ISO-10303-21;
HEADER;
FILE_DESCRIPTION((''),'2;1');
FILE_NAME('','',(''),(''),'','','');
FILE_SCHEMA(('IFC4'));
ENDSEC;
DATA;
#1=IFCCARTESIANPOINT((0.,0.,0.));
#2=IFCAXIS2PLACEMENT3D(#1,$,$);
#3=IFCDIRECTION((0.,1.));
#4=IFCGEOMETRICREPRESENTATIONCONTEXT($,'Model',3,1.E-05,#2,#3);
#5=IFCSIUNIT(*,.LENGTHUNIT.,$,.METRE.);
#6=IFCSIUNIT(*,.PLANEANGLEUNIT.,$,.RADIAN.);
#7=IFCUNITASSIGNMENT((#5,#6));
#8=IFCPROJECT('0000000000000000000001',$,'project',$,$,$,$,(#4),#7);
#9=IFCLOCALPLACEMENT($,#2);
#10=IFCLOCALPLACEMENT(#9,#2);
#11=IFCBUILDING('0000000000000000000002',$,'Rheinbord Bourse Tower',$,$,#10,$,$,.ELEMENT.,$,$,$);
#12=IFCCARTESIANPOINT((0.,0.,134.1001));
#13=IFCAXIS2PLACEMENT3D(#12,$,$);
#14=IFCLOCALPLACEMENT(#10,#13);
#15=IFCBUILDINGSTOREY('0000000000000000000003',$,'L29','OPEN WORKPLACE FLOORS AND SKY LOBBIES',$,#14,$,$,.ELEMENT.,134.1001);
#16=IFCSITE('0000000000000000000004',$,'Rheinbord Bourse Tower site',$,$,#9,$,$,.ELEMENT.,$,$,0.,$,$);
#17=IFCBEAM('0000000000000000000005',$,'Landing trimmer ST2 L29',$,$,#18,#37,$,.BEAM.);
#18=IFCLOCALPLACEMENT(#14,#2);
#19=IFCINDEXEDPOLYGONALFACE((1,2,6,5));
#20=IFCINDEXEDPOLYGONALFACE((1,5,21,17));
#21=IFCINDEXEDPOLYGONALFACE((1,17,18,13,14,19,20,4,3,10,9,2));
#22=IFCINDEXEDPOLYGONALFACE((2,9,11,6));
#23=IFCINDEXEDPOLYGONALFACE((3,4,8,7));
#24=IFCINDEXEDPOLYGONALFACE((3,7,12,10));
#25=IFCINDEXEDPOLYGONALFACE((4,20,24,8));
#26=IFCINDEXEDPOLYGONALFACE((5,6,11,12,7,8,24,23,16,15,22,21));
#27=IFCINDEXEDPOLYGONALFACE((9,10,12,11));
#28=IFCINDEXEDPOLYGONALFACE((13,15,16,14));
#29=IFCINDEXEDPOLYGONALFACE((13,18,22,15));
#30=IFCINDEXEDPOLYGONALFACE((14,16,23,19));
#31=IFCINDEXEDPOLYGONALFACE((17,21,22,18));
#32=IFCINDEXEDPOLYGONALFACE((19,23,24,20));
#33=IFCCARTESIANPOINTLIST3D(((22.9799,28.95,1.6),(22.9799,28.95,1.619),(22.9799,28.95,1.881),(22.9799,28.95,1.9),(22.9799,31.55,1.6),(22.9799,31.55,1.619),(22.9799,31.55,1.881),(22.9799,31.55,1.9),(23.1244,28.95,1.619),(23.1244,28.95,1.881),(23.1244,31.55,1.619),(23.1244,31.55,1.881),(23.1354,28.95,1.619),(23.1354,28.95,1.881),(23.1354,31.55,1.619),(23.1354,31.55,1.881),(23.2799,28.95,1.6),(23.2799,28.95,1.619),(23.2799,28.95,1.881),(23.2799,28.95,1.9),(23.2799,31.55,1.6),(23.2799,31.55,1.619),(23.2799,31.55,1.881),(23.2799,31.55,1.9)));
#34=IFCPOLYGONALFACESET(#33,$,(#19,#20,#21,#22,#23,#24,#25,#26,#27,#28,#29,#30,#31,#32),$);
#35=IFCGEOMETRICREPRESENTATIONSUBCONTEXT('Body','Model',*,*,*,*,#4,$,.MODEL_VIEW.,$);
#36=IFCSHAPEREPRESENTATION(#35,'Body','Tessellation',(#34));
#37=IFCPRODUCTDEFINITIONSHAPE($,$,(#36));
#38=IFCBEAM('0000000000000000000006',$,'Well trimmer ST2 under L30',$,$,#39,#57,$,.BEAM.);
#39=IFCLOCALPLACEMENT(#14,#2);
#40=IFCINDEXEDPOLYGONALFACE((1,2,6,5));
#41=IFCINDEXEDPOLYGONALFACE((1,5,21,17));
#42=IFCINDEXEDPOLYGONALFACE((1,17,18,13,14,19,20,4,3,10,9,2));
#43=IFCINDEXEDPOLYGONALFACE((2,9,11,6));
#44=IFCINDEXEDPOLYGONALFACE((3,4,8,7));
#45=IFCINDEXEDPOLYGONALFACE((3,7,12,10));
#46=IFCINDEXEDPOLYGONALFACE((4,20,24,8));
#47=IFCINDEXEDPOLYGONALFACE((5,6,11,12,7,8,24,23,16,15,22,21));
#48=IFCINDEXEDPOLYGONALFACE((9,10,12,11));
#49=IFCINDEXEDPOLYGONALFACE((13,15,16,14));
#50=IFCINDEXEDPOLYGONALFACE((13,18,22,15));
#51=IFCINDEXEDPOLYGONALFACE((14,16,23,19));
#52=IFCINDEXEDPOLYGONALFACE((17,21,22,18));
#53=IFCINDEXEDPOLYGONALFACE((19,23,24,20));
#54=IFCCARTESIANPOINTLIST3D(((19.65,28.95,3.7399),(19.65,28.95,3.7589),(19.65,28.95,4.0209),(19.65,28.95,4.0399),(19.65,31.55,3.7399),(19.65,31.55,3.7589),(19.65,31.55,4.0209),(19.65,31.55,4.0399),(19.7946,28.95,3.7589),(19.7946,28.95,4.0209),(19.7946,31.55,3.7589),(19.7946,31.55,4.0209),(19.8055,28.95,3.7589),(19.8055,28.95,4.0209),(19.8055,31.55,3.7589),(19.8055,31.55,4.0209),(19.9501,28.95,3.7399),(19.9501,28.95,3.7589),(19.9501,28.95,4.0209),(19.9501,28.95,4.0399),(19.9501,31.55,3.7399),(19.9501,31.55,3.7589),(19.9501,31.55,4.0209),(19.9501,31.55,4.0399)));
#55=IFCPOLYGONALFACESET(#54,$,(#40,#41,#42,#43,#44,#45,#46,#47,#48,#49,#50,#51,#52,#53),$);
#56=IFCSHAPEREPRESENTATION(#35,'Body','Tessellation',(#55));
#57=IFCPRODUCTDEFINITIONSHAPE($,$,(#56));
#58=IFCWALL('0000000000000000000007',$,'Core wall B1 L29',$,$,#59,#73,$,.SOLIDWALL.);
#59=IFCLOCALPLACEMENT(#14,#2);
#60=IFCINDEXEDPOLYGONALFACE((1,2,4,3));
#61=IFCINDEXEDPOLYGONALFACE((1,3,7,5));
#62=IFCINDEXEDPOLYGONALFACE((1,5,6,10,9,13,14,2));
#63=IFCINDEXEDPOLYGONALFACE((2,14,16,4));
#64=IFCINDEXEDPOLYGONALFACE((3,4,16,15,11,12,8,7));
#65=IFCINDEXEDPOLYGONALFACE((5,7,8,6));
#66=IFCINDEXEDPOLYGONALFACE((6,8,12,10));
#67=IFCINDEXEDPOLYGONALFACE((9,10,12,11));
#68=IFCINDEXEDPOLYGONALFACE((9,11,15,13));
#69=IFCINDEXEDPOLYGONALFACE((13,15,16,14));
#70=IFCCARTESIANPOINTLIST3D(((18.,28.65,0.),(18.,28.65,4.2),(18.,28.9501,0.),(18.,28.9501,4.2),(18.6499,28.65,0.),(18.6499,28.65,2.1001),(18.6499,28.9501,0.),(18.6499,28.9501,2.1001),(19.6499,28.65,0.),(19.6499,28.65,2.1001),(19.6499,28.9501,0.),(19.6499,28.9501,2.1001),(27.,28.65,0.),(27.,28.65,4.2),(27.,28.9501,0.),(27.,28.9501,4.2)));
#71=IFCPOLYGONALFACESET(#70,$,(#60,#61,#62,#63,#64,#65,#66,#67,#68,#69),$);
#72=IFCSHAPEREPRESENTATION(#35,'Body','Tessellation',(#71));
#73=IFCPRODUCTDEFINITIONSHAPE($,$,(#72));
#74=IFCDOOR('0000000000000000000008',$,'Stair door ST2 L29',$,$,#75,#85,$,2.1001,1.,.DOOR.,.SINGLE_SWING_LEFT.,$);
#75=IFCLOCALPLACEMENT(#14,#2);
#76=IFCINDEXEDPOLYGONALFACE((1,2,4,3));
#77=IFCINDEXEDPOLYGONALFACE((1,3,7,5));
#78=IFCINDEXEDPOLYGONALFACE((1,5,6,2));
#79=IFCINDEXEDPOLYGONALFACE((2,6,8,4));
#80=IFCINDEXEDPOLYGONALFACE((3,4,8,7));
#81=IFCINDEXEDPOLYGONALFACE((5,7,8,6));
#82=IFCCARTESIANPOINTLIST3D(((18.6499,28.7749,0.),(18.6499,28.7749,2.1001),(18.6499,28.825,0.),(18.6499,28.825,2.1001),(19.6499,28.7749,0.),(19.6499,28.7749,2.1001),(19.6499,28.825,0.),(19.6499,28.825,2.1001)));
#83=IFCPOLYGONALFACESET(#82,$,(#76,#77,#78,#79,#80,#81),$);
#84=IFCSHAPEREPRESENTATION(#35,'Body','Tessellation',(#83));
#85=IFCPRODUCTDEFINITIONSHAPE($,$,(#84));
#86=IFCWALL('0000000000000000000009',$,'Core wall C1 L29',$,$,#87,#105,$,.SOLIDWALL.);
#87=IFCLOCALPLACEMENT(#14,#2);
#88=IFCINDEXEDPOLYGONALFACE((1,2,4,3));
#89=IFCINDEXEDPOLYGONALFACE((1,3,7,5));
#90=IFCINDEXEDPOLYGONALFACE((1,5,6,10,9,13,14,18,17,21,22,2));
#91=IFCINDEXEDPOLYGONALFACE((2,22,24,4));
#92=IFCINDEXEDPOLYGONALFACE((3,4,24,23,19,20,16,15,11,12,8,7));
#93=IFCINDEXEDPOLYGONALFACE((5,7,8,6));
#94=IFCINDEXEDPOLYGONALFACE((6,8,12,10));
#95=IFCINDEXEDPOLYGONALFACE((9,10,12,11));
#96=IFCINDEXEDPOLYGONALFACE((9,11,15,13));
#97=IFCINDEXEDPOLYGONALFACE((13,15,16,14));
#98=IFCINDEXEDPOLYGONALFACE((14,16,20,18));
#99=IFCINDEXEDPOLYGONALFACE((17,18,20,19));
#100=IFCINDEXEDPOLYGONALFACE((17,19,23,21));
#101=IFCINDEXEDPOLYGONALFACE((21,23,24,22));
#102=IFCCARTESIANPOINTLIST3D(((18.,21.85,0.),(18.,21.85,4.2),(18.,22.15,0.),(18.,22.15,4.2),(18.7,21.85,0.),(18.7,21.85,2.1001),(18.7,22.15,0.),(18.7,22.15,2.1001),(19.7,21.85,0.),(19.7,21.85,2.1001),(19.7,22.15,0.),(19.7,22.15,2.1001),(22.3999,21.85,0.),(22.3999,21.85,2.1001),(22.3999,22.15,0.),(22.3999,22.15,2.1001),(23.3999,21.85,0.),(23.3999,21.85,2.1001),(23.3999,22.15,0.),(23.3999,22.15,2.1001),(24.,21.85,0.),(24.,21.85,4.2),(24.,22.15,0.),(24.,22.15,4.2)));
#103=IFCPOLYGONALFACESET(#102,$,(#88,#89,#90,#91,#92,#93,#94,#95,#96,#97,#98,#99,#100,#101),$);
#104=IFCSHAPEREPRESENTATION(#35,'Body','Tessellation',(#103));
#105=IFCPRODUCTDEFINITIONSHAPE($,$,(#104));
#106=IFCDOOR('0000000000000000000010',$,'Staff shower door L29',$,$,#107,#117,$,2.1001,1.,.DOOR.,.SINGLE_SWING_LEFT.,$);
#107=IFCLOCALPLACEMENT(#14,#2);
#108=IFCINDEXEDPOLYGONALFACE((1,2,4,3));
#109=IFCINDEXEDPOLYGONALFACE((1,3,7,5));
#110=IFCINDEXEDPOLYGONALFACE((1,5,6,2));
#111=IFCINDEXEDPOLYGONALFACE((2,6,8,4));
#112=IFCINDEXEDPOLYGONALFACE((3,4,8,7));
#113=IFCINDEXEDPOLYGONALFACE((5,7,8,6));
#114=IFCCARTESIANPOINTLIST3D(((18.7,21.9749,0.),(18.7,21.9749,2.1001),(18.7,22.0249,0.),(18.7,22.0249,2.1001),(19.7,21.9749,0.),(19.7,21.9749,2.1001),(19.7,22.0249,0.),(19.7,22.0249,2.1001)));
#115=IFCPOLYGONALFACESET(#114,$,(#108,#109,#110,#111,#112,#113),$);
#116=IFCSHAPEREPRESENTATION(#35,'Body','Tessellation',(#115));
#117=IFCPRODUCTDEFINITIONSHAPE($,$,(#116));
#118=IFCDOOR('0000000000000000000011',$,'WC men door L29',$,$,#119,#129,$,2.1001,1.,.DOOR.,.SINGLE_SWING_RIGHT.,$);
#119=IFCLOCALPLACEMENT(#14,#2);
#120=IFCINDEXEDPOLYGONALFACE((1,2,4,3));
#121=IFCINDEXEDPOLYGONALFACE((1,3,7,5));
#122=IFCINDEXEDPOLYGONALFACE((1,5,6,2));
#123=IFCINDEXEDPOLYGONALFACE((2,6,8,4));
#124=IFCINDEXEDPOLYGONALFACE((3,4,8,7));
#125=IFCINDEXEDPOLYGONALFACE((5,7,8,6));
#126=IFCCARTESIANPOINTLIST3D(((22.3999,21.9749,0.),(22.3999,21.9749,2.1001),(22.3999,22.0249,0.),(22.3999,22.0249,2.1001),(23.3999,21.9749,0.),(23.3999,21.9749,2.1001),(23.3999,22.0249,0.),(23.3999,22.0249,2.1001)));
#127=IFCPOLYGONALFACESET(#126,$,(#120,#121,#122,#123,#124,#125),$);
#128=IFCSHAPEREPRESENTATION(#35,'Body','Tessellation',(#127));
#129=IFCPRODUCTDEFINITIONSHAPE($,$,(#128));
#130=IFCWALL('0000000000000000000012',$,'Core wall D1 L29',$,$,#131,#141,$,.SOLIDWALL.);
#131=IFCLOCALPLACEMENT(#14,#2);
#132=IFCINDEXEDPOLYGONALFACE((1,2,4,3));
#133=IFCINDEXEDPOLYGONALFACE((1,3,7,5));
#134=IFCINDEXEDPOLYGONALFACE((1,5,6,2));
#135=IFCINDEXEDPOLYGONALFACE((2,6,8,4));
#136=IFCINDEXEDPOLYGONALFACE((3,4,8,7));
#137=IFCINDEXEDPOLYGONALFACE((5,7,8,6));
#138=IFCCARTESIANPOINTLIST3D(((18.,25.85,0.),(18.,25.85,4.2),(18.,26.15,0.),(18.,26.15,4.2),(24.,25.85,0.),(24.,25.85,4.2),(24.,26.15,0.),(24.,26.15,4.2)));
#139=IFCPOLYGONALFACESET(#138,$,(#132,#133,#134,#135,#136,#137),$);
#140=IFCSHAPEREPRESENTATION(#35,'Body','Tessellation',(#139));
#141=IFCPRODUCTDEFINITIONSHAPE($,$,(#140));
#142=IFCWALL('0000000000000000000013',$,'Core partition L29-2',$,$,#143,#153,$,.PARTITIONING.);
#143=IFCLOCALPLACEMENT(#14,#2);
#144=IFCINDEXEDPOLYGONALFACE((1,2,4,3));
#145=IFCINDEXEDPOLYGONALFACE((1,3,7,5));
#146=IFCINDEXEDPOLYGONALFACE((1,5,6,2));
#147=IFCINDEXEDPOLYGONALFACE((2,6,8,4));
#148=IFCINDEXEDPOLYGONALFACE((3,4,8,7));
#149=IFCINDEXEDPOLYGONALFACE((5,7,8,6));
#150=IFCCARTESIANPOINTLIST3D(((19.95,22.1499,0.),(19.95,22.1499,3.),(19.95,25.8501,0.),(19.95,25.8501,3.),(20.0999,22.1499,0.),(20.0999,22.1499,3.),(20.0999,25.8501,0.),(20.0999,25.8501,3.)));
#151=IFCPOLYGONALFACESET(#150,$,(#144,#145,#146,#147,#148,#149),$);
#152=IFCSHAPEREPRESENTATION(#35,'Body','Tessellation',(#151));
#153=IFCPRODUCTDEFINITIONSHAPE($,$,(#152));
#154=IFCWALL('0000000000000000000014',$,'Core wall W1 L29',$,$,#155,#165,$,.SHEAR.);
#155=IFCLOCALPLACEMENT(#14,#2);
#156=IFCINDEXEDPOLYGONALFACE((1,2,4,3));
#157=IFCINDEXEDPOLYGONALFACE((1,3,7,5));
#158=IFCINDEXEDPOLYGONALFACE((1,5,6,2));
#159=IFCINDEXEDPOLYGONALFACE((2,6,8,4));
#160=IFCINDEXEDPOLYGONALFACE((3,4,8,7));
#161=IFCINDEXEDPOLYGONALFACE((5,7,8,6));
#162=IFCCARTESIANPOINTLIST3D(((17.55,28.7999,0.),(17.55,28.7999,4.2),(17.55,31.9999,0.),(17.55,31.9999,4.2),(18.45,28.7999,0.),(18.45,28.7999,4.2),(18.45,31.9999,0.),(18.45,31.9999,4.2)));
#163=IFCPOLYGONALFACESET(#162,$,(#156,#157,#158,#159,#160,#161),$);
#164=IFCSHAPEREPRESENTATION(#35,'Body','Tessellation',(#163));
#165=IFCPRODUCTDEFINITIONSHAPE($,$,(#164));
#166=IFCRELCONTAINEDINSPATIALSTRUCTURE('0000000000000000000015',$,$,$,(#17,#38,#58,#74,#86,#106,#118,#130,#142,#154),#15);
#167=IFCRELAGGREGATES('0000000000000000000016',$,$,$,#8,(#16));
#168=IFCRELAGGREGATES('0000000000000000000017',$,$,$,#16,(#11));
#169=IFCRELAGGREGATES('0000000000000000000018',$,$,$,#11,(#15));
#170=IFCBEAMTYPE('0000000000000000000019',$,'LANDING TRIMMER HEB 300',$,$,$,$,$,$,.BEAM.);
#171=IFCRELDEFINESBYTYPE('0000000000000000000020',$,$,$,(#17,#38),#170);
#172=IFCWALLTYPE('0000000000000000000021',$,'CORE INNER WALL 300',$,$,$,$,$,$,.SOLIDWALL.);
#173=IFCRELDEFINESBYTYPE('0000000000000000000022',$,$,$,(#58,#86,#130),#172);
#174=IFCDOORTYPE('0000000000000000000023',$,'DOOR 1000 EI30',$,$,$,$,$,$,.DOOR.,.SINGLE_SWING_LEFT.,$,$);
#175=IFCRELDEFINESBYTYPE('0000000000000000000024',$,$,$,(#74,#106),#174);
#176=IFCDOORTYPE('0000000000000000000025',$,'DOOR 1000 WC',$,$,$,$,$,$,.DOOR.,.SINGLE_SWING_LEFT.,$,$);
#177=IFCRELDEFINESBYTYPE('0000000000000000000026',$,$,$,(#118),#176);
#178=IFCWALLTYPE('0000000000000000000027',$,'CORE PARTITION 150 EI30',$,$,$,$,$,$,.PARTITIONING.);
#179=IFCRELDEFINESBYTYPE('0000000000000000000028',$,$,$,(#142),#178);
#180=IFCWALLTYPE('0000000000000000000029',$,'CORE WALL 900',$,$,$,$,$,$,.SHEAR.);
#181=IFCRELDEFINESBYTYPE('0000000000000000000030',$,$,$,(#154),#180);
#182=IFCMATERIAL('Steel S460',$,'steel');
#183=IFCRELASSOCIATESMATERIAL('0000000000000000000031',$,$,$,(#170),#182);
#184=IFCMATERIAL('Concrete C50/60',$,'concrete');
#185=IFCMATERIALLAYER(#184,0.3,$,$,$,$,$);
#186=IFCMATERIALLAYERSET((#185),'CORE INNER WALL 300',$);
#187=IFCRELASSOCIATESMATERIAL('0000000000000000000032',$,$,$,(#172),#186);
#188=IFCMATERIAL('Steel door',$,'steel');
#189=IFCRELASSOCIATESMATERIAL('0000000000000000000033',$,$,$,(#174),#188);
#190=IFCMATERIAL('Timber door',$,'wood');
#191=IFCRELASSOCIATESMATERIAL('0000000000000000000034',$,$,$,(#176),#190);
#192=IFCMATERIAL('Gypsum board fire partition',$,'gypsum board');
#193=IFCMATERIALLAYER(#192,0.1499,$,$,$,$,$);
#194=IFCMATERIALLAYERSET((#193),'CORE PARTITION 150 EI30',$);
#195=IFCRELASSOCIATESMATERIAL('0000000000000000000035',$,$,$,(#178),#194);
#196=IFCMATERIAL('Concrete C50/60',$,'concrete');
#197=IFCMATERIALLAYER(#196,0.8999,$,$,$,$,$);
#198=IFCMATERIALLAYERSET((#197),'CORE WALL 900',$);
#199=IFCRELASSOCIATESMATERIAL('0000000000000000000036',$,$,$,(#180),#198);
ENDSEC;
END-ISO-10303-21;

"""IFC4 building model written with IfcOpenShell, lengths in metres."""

from ifc_helpers import new_model, si_unit, direction, frame, frame_2d, origin, origin_2d, place, context, subcontext, project, spatial, rectangle, i_section, extrude, material, layer, layer_set, material_profile, profile_set, type_object, element, fill, save


model = new_model("IFC4")

# Units and contexts
model_context = context("Model", 3, precision=1e-05, world=origin(), true_north=direction((0.0, 1.0)))
body_context = subcontext(model_context, "Body", "Model", "MODEL_VIEW")
ifc_project = project(units=[si_unit("LENGTHUNIT", "METRE"), si_unit("PLANEANGLEUNIT", "RADIAN")], contexts=[model_context])

# Site, building, storey
site_placement = place(None, origin())
site = spatial("IfcSite", under=ifc_project, at=site_placement, Name="Rheinbord Bourse Tower site", CompositionType="ELEMENT", RefElevation=0.0)
building_placement = place(site_placement, origin())
building = spatial("IfcBuilding", under=site, at=building_placement, Name="Rheinbord Bourse Tower", CompositionType="ELEMENT")
storey_placement = place(building_placement, frame((0.0, 0.0, 134.1001)))
storey = spatial("IfcBuildingStorey", under=building, at=storey_placement, Name="L29", Description="OPEN WORKPLACE FLOORS AND SKY LOBBIES", CompositionType="ELEMENT", Elevation=134.1001)

# Beams
ifc_material_1 = material(Name="Steel S460", Category="steel")
ifc_material_profile = material_profile(ifc_material_1, i_section(OverallWidth=0.3, OverallDepth=0.3, WebThickness=0.011, FlangeThickness=0.019, at=origin_2d()), Name="HEB 300")
ifc_profile_set = profile_set([ifc_material_profile], Name="Steel S460")
beam_type = type_object("IfcBeamType", Name="LANDING TRIMMER HEB 300", PredefinedType="BEAM", material=ifc_profile_set)
for number, where, z_axis, x_axis, name in (
    (1, (23.1299, 28.95, 1.75), (0.0, 1.0, 0.0), (-1.0, 0.0, 0.0), "Landing trimmer ST2 L29"),
    (2, (19.8, 28.95, 3.8899), (0.0, 1.0, 0.0), (-1.0, 0.0, 0.0), "Well trimmer ST2 under L30"),
):
    element("IfcBeam", number, at=place(storey_placement, frame(where, z_axis=z_axis, x_axis=x_axis)), inside=storey, type_object=beam_type, Name=name, PredefinedType="BEAM", context=body_context, shape_type="SweptSolid", body=[
        extrude(i_section(OverallWidth=0.3, OverallDepth=0.3, WebThickness=0.011, FlangeThickness=0.019, at=origin_2d()), origin(), (0.0, 0.0, 1.0), 2.6001),
    ])

# Wall, opening, door
ifc_material_2 = material(Name="Concrete C50/60", Category="concrete")
ifc_layer_1 = layer(ifc_material_2, 0.3)
ifc_layer_set_1 = layer_set([ifc_layer_1], Name="CORE INNER WALL 300")
wall_type_1 = type_object("IfcWallType", Name="CORE INNER WALL 300", PredefinedType="SOLIDWALL", material=ifc_layer_set_1)
wall_1_placement = place(storey_placement, frame((18.0, 28.8, 0.0), z_axis=(0.0, 0.0, 1.0), x_axis=(1.0, 0.0, 0.0)))
wall_1 = element("IfcWall", 3, at=wall_1_placement, inside=storey, type_object=wall_type_1, Name="Core wall B1 L29", PredefinedType="SOLIDWALL", context=body_context, shape_type="SweptSolid", body=[
    extrude(rectangle(XDim=9.0, YDim=0.3, at=frame_2d((4.5, 0.0))), origin(), (0.0, 0.0, 1.0), 4.2),
])
opening_1_placement = place(wall_1_placement, frame((0.6499, 0.0, 0.0)))
opening_1 = element("IfcOpeningElement", 4, at=opening_1_placement, cuts=wall_1, PredefinedType="OPENING", context=body_context, shape_type="SweptSolid", body=[
    extrude(rectangle(XDim=1.0, YDim=2.1001, at=frame_2d((0.5, 1.05))), frame((0.0, 0.1599, 0.0), z_axis=(0.0, -1.0, 0.0), x_axis=(1.0, 0.0, 0.0)), (0.0, 0.0, 1.0), 0.3201),
])
ifc_material_3 = material(Name="Steel door", Category="steel")
door_type_1 = type_object("IfcDoorType", Name="DOOR 1000 EI30", OperationType="SINGLE_SWING_LEFT", PredefinedType="DOOR", material=ifc_material_3)
door_1_placement = place(opening_1_placement, origin())
door_1 = element("IfcDoor", 5, at=door_1_placement, inside=storey, type_object=door_type_1, Name="Stair door ST2 L29", OperationType="SINGLE_SWING_LEFT", OverallHeight=2.1001, OverallWidth=1.0, PredefinedType="DOOR", context=body_context, shape_type="SweptSolid", body=[
    extrude(rectangle(XDim=1.0, YDim=2.1001, at=frame_2d((0.5, 1.05))), frame((0.0, 0.0249, 0.0), z_axis=(0.0, -1.0, 0.0), x_axis=(1.0, 0.0, 0.0)), (0.0, 0.0, 1.0), 0.05),
])
fill(opening_1, door_1)

# Wall, openings, doors
wall_2_placement = place(storey_placement, frame((18.0, 22.0, 0.0), z_axis=(0.0, 0.0, 1.0), x_axis=(1.0, 0.0, 0.0)))
wall_2 = element("IfcWall", 6, at=wall_2_placement, inside=storey, type_object=wall_type_1, Name="Core wall C1 L29", PredefinedType="SOLIDWALL", context=body_context, shape_type="SweptSolid", body=[
    extrude(rectangle(XDim=6.0, YDim=0.3, at=frame_2d((3.0, 0.0))), origin(), (0.0, 0.0, 1.0), 4.2),
])
opening_2_placement = place(wall_2_placement, frame((4.3999, 0.0, 0.0)))
opening_2 = element("IfcOpeningElement", 7, at=opening_2_placement, cuts=wall_2, PredefinedType="OPENING", context=body_context, shape_type="SweptSolid", body=[
    extrude(rectangle(XDim=1.0, YDim=2.1001, at=frame_2d((0.5, 1.05))), frame((0.0, 0.1599, 0.0), z_axis=(0.0, -1.0, 0.0), x_axis=(1.0, 0.0, 0.0)), (0.0, 0.0, 1.0), 0.3201),
])
opening_3_placement = place(wall_2_placement, frame((0.7, 0.0, 0.0)))
opening_3 = element("IfcOpeningElement", 8, at=opening_3_placement, cuts=wall_2, PredefinedType="OPENING", context=body_context, shape_type="SweptSolid", body=[
    extrude(rectangle(XDim=1.0, YDim=2.1001, at=frame_2d((0.5, 1.05))), frame((0.0, 0.1599, 0.0), z_axis=(0.0, -1.0, 0.0), x_axis=(1.0, 0.0, 0.0)), (0.0, 0.0, 1.0), 0.3201),
])
door_2_placement = place(opening_3_placement, origin())
door_2 = element("IfcDoor", 9, at=door_2_placement, inside=storey, type_object=door_type_1, Name="Staff shower door L29", OperationType="SINGLE_SWING_LEFT", OverallHeight=2.1001, OverallWidth=1.0, PredefinedType="DOOR", context=body_context, shape_type="SweptSolid", body=[
    extrude(rectangle(XDim=1.0, YDim=2.1001, at=frame_2d((0.5, 1.05))), frame((0.0, 0.0249, 0.0), z_axis=(0.0, -1.0, 0.0), x_axis=(1.0, 0.0, 0.0)), (0.0, 0.0, 1.0), 0.05),
])
fill(opening_3, door_2)
ifc_material_4 = material(Name="Timber door", Category="wood")
door_type_2 = type_object("IfcDoorType", Name="DOOR 1000 WC", OperationType="SINGLE_SWING_LEFT", PredefinedType="DOOR", material=ifc_material_4)
door_3_placement = place(opening_2_placement, origin())
door_3 = element("IfcDoor", 10, at=door_3_placement, inside=storey, type_object=door_type_2, Name="WC men door L29", OperationType="SINGLE_SWING_RIGHT", OverallHeight=2.1001, OverallWidth=1.0, PredefinedType="DOOR", context=body_context, shape_type="SweptSolid", body=[
    extrude(rectangle(XDim=1.0, YDim=2.1001, at=frame_2d((0.5, 1.05))), frame((0.0, 0.0249, 0.0), z_axis=(0.0, -1.0, 0.0), x_axis=(1.0, 0.0, 0.0)), (0.0, 0.0, 1.0), 0.05),
])
fill(opening_2, door_3)

# Walls
wall_3_placement = place(storey_placement, frame((18.0, 26.0, 0.0), z_axis=(0.0, 0.0, 1.0), x_axis=(1.0, 0.0, 0.0)))
element("IfcWall", 11, at=wall_3_placement, inside=storey, type_object=wall_type_1, Name="Core wall D1 L29", PredefinedType="SOLIDWALL", context=body_context, shape_type="SweptSolid", body=[
    extrude(rectangle(XDim=6.0, YDim=0.3, at=frame_2d((3.0, 0.0))), origin(), (0.0, 0.0, 1.0), 4.2),
])
ifc_material_5 = material(Name="Gypsum board fire partition", Category="gypsum board")
ifc_layer_2 = layer(ifc_material_5, 0.1499)
ifc_layer_set_2 = layer_set([ifc_layer_2], Name="CORE PARTITION 150 EI30")
wall_type_2 = type_object("IfcWallType", Name="CORE PARTITION 150 EI30", PredefinedType="PARTITIONING", material=ifc_layer_set_2)
wall_4_placement = place(storey_placement, frame((20.0249, 22.1499, 0.0), z_axis=(0.0, 0.0, 1.0), x_axis=(0.0, 1.0, 0.0)))
element("IfcWall", 12, at=wall_4_placement, inside=storey, type_object=wall_type_2, Name="Core partition L29-2", PredefinedType="PARTITIONING", context=body_context, shape_type="SweptSolid", body=[
    extrude(rectangle(XDim=3.7002, YDim=0.1499, at=frame_2d((1.8501, 0.0))), origin(), (0.0, 0.0, 1.0), 3.0),
])
ifc_material_6 = material(Name="Concrete C50/60", Category="concrete")
ifc_layer_3 = layer(ifc_material_6, 0.8999)
ifc_layer_set_3 = layer_set([ifc_layer_3], Name="CORE WALL 900")
wall_type_3 = type_object("IfcWallType", Name="CORE WALL 900", PredefinedType="SHEAR", material=ifc_layer_set_3)
wall_5_placement = place(storey_placement, frame((18.0, 32.0, 0.0), z_axis=(0.0, 0.0, 1.0), x_axis=(0.0, -1.0, 0.0)))
element("IfcWall", 13, at=wall_5_placement, inside=storey, type_object=wall_type_3, Name="Core wall W1 L29", PredefinedType="SHEAR", context=body_context, shape_type="SweptSolid", body=[
    extrude(rectangle(XDim=3.2, YDim=0.8999, at=frame_2d((1.6001, 0.0))), origin(), (0.0, 0.0, 1.0), 4.2),
])

save(model, "model.ifc")
